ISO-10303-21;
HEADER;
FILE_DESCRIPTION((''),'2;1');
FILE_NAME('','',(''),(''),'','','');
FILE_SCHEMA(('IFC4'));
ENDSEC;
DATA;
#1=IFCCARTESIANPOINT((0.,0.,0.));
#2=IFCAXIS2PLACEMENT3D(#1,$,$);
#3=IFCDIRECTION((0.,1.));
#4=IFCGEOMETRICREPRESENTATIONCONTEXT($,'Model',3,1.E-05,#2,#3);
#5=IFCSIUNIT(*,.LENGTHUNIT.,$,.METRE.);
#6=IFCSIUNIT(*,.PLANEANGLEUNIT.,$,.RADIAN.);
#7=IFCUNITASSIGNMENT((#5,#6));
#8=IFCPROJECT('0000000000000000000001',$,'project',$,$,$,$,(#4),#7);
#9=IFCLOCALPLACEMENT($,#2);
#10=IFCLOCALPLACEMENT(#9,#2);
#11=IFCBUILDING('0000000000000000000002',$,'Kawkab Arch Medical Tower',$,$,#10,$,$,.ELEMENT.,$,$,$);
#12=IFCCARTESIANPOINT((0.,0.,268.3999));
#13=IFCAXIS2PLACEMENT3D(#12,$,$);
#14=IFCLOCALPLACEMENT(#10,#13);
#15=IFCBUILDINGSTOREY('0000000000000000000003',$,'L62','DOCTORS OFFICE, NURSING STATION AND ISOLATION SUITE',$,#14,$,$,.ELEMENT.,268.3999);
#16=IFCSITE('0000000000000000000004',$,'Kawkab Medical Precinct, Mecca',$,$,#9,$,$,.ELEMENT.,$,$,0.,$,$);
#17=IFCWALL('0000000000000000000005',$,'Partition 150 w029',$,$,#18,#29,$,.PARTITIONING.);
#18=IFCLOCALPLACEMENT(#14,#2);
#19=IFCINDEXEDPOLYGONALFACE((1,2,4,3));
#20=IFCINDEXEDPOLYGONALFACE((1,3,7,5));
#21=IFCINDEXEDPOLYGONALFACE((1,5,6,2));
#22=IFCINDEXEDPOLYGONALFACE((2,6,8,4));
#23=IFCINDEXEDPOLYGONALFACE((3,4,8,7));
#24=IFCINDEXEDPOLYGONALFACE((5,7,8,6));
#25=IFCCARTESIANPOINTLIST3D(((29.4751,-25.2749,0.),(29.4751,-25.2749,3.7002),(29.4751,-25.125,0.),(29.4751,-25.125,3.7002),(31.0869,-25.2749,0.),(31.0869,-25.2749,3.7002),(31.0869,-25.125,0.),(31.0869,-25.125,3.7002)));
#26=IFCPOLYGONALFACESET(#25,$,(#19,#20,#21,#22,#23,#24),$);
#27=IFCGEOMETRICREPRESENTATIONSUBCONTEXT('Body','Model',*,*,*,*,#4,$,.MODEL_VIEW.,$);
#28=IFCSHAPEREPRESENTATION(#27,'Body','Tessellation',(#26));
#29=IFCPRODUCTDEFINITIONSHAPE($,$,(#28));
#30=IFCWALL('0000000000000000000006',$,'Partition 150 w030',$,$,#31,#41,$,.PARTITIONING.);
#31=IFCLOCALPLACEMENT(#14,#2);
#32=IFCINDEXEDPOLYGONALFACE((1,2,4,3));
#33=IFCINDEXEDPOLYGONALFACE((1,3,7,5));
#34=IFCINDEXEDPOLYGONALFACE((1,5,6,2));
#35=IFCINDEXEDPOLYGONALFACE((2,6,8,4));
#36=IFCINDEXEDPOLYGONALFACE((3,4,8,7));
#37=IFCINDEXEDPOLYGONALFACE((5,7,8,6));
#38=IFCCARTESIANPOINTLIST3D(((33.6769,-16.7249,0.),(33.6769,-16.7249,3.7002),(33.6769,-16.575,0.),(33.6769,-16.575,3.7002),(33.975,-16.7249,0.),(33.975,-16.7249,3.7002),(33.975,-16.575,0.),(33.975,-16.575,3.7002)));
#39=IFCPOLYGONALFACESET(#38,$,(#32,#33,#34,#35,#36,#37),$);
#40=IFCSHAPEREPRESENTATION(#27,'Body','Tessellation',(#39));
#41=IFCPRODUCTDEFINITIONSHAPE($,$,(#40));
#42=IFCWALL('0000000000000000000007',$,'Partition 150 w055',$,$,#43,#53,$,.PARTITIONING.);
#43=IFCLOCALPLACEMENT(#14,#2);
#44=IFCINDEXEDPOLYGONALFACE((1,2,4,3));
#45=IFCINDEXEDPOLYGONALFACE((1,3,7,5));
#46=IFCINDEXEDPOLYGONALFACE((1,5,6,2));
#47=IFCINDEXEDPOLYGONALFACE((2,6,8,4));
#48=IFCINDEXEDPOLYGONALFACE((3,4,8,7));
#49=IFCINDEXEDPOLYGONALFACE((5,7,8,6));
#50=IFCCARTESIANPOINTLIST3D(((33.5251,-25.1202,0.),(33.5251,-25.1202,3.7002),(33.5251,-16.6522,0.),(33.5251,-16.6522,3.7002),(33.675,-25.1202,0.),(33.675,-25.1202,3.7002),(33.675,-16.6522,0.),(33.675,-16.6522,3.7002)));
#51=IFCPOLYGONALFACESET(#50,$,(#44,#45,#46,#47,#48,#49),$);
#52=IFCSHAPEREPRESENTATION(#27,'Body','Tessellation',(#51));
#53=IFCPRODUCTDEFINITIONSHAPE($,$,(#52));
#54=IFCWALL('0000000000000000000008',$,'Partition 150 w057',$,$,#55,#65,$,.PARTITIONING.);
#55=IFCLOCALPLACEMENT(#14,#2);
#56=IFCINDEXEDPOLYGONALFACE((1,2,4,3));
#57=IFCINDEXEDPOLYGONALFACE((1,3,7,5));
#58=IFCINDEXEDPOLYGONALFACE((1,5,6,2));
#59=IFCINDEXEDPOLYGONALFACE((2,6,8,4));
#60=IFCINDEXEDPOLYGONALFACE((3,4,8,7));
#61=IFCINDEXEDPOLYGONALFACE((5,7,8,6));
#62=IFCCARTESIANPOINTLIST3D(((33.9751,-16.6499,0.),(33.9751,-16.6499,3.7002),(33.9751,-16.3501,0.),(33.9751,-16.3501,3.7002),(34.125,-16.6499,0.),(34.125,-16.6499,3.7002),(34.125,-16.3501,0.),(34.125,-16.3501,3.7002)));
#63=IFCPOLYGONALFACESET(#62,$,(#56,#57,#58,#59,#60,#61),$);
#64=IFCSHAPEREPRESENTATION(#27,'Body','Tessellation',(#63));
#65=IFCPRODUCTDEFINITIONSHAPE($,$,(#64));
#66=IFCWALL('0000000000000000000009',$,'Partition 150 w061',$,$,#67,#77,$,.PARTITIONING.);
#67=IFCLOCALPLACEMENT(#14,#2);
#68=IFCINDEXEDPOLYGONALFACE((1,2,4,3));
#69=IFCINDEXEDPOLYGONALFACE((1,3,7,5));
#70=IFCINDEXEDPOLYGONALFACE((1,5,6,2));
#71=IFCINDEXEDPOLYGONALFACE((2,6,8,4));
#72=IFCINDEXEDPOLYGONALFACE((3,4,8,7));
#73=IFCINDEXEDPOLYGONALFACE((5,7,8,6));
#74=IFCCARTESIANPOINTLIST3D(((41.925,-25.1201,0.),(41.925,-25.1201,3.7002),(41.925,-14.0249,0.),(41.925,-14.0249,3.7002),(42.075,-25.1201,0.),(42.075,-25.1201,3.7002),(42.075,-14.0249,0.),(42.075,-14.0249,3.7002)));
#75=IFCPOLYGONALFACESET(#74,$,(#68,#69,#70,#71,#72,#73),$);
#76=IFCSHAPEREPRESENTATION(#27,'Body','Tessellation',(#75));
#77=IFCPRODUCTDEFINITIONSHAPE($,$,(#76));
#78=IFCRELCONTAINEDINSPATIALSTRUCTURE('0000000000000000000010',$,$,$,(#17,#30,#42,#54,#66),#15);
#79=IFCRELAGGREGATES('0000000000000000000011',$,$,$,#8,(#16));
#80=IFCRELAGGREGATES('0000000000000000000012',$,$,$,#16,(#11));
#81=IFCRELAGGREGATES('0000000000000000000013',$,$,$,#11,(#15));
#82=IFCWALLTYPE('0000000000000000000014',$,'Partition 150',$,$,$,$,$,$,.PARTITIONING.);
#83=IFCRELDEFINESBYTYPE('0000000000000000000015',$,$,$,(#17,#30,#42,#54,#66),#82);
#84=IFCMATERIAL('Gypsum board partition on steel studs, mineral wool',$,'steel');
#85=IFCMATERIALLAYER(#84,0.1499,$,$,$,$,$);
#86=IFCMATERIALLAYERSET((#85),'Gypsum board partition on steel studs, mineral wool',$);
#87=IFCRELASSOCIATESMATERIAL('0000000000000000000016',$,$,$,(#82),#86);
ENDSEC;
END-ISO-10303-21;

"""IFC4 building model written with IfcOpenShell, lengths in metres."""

from ifc_helpers import new_model, si_unit, direction, frame, frame_2d, origin, place, context, subcontext, project, spatial, rectangle, extrude, material, layer, layer_set, type_object, element, save


model = new_model("IFC4")

# Units and contexts
model_context = context("Model", 3, precision=1e-05, world=origin(), true_north=direction((0.0, 1.0)))
body_context = subcontext(model_context, "Body", "Model", "MODEL_VIEW")
ifc_project = project(units=[si_unit("LENGTHUNIT", "METRE"), si_unit("PLANEANGLEUNIT", "RADIAN")], contexts=[model_context])

# Site, building, storey
site_placement = place(None, origin())
site = spatial("IfcSite", under=ifc_project, at=site_placement, Name="Kawkab Medical Precinct, Mecca", CompositionType="ELEMENT", RefElevation=0.0)
building_placement = place(site_placement, origin())
building = spatial("IfcBuilding", under=site, at=building_placement, Name="Kawkab Arch Medical Tower", CompositionType="ELEMENT")
storey_placement = place(building_placement, frame((0.0, 0.0, 268.3999)))
storey = spatial("IfcBuildingStorey", under=building, at=storey_placement, Name="L62", Description="DOCTORS OFFICE, NURSING STATION AND ISOLATION SUITE", CompositionType="ELEMENT", Elevation=268.3999)

# Walls
ifc_material_1 = material(Name="Gypsum board partition on steel studs, mineral wool", Category="steel")
ifc_layer_1 = layer(ifc_material_1, 0.1499)
ifc_layer_set_1 = layer_set([ifc_layer_1], Name="Gypsum board partition on steel studs, mineral wool")
wall_type_1 = type_object("IfcWallType", Name="Partition 150", PredefinedType="PARTITIONING", material=ifc_layer_set_1)
wall_1_placement = place(storey_placement, frame((29.4751, -25.2, 0.0), z_axis=(0.0, 0.0, 1.0), x_axis=(1.0, 0.0, 0.0)))
element("IfcWall", 1, at=wall_1_placement, inside=storey, type_object=wall_type_1, Name="Partition 150 w029", PredefinedType="PARTITIONING", context=body_context, shape_type="SweptSolid", body=[
    extrude(rectangle(XDim=1.6118, YDim=0.1499, at=frame_2d((0.8059, 0.0))), origin(), (0.0, 0.0, 1.0), 3.7002),
])
wall_2_placement = place(storey_placement, frame((33.677, -16.6499, 0.0), z_axis=(0.0, 0.0, 1.0), x_axis=(1.0, 0.0, 0.0)))
element("IfcWall", 2, at=wall_2_placement, inside=storey, type_object=wall_type_1, Name="Partition 150 w030", PredefinedType="PARTITIONING", context=body_context, shape_type="SweptSolid", body=[
    extrude(rectangle(XDim=0.2981, YDim=0.1499, at=frame_2d((0.1489, 0.0))), origin(), (0.0, 0.0, 1.0), 3.7002),
])
wall_3_placement = place(storey_placement, frame((33.6001, -25.1201, 0.0), z_axis=(0.0, 0.0, 1.0), x_axis=(0.0, 1.0, 0.0)))
element("IfcWall", 3, at=wall_3_placement, inside=storey, type_object=wall_type_1, Name="Partition 150 w055", PredefinedType="PARTITIONING", context=body_context, shape_type="SweptSolid", body=[
    extrude(rectangle(XDim=8.468, YDim=0.1499, at=frame_2d((4.2339, 0.0))), origin(), (0.0, 0.0, 1.0), 3.7002),
])
wall_4_placement = place(storey_placement, frame((34.05, -16.6499, 0.0), z_axis=(0.0, 0.0, 1.0), x_axis=(0.0, 1.0, 0.0)))
element("IfcWall", 4, at=wall_4_placement, inside=storey, type_object=wall_type_1, Name="Partition 150 w057", PredefinedType="PARTITIONING", context=body_context, shape_type="SweptSolid", body=[
    extrude(rectangle(XDim=0.2998, YDim=0.1499, at=frame_2d((0.1499, 0.0))), origin(), (0.0, 0.0, 1.0), 3.7002),
])
wall_5_placement = place(storey_placement, frame((42.0, -25.1201, 0.0), z_axis=(0.0, 0.0, 1.0), x_axis=(0.0, 1.0, 0.0)))
element("IfcWall", 5, at=wall_5_placement, inside=storey, type_object=wall_type_1, Name="Partition 150 w061", PredefinedType="PARTITIONING", context=body_context, shape_type="SweptSolid", body=[
    extrude(rectangle(XDim=11.0952, YDim=0.1499, at=frame_2d((5.5476, 0.0))), origin(), (0.0, 0.0, 1.0), 3.7002),
])

save(model, "model.ifc")
